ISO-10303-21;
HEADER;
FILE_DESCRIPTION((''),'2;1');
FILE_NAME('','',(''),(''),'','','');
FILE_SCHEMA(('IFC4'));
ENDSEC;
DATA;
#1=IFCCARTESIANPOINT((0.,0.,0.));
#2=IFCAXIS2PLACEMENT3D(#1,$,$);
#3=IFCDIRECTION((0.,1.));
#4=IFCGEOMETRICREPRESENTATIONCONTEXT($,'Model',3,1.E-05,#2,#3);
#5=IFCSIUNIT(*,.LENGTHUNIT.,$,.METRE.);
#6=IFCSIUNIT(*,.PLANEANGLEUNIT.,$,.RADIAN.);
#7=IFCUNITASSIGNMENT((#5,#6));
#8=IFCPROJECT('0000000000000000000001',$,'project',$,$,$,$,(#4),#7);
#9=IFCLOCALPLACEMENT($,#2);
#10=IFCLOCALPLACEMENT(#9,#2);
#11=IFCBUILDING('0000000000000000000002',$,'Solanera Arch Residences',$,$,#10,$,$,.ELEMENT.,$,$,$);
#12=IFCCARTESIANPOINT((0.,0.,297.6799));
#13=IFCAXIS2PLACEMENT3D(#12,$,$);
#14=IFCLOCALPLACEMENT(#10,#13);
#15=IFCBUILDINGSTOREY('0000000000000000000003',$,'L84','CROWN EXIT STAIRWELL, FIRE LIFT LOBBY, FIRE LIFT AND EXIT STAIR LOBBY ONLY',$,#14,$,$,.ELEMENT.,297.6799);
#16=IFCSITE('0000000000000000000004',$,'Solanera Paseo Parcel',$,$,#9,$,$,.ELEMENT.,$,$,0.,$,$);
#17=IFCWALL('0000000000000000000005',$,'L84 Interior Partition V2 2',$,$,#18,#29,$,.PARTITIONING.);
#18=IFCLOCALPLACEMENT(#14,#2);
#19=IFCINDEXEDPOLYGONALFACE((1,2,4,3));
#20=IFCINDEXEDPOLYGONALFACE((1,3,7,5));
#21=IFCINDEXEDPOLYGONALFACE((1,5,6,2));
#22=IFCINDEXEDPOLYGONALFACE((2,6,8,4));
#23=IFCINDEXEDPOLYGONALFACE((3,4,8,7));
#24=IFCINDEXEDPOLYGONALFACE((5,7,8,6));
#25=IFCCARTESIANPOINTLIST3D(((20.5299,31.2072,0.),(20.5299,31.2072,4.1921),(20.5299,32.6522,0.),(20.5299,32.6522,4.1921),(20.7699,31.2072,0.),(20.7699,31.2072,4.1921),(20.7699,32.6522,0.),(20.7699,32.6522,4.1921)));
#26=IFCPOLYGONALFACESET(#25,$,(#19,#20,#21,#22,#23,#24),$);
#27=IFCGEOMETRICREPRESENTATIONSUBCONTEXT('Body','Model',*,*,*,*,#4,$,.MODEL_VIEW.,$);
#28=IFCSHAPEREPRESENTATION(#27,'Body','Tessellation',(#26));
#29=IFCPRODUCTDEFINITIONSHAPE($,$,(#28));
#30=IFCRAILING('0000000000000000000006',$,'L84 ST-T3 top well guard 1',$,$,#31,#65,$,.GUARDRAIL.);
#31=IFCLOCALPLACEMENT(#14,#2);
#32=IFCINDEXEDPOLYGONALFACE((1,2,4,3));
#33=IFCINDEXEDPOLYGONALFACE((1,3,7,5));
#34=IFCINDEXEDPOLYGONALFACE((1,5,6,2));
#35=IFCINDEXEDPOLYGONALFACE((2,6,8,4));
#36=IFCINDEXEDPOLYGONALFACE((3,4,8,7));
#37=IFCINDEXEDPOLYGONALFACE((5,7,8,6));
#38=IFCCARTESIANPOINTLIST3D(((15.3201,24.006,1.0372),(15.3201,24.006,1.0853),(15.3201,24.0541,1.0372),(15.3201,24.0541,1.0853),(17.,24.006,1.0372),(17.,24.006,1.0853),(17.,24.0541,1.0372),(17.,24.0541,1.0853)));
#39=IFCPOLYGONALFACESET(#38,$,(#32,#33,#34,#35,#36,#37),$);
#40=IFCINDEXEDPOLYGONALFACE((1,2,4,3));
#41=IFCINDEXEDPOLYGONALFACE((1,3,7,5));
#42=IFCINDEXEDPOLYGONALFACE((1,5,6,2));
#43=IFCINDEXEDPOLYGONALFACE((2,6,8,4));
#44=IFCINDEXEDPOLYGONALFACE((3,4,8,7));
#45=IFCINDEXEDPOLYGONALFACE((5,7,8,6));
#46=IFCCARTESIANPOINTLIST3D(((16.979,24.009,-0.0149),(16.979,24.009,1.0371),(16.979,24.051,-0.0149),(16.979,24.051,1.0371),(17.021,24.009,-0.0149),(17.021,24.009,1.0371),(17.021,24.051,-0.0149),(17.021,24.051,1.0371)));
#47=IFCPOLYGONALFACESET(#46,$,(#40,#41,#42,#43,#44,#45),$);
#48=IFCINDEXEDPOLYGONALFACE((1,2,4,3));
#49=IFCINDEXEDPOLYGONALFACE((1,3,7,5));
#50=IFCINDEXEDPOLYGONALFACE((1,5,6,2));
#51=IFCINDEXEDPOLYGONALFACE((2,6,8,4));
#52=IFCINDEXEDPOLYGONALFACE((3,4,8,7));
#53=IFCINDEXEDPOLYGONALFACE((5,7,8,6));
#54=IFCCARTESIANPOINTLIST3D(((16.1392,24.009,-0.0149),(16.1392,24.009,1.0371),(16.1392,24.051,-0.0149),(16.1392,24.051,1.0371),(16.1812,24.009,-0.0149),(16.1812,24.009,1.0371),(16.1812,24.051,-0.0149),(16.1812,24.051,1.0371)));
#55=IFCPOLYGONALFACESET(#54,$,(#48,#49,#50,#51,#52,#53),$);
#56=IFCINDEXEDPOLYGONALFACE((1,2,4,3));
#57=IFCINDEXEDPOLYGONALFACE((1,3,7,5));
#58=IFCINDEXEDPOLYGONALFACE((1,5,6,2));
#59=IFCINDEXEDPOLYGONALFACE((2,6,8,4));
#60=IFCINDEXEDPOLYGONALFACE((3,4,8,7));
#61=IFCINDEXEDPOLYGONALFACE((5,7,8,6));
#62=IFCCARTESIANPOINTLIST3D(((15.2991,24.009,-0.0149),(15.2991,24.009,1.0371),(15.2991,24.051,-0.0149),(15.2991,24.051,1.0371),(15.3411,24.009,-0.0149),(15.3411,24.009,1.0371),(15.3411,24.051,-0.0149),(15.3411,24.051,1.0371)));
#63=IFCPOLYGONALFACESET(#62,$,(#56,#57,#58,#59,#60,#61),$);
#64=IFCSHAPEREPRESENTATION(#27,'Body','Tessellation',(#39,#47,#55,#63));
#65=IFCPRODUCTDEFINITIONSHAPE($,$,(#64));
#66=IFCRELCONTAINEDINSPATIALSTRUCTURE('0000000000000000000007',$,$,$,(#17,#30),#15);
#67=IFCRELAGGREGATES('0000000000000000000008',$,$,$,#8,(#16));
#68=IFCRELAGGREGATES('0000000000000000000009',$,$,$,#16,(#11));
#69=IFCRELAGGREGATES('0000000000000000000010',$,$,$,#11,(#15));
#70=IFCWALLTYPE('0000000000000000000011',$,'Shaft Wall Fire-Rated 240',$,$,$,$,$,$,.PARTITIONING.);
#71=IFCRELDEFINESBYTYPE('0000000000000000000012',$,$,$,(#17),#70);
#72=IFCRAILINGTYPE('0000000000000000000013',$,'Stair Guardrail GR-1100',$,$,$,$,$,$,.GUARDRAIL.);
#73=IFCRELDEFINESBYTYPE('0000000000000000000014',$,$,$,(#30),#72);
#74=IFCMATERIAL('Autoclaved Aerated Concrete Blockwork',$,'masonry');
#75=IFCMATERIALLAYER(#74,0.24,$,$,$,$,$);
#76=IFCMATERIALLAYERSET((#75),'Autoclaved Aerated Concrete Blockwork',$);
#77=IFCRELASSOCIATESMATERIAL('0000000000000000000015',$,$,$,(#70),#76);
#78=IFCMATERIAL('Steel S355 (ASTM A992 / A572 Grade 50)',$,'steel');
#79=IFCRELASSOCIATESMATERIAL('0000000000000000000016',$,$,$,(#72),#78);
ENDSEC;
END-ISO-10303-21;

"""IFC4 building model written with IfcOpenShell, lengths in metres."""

from ifc_helpers import new_model, si_unit, direction, frame, frame_2d, origin, origin_2d, place, context, subcontext, project, spatial, rectangle, extrude, material, layer, layer_set, type_object, element, save


model = new_model("IFC4")

# Units and contexts
model_context = context("Model", 3, precision=1e-05, world=origin(), true_north=direction((0.0, 1.0)))
body_context = subcontext(model_context, "Body", "Model", "MODEL_VIEW")
ifc_project = project(units=[si_unit("LENGTHUNIT", "METRE"), si_unit("PLANEANGLEUNIT", "RADIAN")], contexts=[model_context])

# Site, building, storey
site_placement = place(None, origin())
site = spatial("IfcSite", under=ifc_project, at=site_placement, Name="Solanera Paseo Parcel", CompositionType="ELEMENT", RefElevation=0.0)
building_placement = place(site_placement, origin())
building = spatial("IfcBuilding", under=site, at=building_placement, Name="Solanera Arch Residences", CompositionType="ELEMENT")
storey_placement = place(building_placement, frame((0.0, 0.0, 297.6799)))
storey = spatial("IfcBuildingStorey", under=building, at=storey_placement, Name="L84", Description="CROWN EXIT STAIRWELL, FIRE LIFT LOBBY, FIRE LIFT AND EXIT STAIR LOBBY ONLY", CompositionType="ELEMENT", Elevation=297.6799)

# Wall
ifc_material_1 = material(Name="Autoclaved Aerated Concrete Blockwork", Category="masonry")
ifc_layer_1 = layer(ifc_material_1, 0.24)
ifc_layer_set_1 = layer_set([ifc_layer_1], Name="Autoclaved Aerated Concrete Blockwork")
wall_type_1 = type_object("IfcWallType", Name="Shaft Wall Fire-Rated 240", PredefinedType="PARTITIONING", material=ifc_layer_set_1)
wall_1_placement = place(storey_placement, frame((20.6499, 31.207, 0.0), z_axis=(0.0, 0.0, 1.0), x_axis=(0.0, 1.0, 0.0)))
element("IfcWall", 1, at=wall_1_placement, inside=storey, type_object=wall_type_1, Name="L84 Interior Partition V2 2", PredefinedType="PARTITIONING", context=body_context, shape_type="SweptSolid", body=[
    extrude(rectangle(XDim=1.4451, YDim=0.24, at=frame_2d((0.7227, 0.0))), origin(), (0.0, 0.0, 1.0), 4.1921),
])

# Railing
ifc_material_2 = material(Name="Steel S355 (ASTM A992 / A572 Grade 50)", Category="steel")
railing_type = type_object("IfcRailingType", Name="Stair Guardrail GR-1100", PredefinedType="GUARDRAIL", material=ifc_material_2)
railing_placement = place(storey_placement, frame((17.0, 24.03, -0.0149)))
element("IfcRailing", 2, at=railing_placement, inside=storey, type_object=railing_type, Name="L84 ST-T3 top well guard 1", PredefinedType="GUARDRAIL", context=body_context, shape_type="SweptSolid", body=[
    extrude(rectangle(XDim=0.0481, YDim=0.0481, at=origin_2d()), frame((0.0, 0.0, 1.0762), z_axis=(-1.0, 0.0, 0.0), x_axis=(0.0, -1.0, 0.0)), (0.0, 0.0, 1.0), 1.6799),
    extrude(rectangle(XDim=0.042, YDim=0.042, at=origin_2d()), origin(), (0.0, 0.0, 1.0), 1.052),
    extrude(rectangle(XDim=0.042, YDim=0.042, at=origin_2d()), frame((-0.8398, 0.0, 0.0)), (0.0, 0.0, 1.0), 1.052),
    extrude(rectangle(XDim=0.042, YDim=0.042, at=origin_2d()), frame((-1.6799, 0.0, 0.0)), (0.0, 0.0, 1.0), 1.052),
])

save(model, "model.ifc")
